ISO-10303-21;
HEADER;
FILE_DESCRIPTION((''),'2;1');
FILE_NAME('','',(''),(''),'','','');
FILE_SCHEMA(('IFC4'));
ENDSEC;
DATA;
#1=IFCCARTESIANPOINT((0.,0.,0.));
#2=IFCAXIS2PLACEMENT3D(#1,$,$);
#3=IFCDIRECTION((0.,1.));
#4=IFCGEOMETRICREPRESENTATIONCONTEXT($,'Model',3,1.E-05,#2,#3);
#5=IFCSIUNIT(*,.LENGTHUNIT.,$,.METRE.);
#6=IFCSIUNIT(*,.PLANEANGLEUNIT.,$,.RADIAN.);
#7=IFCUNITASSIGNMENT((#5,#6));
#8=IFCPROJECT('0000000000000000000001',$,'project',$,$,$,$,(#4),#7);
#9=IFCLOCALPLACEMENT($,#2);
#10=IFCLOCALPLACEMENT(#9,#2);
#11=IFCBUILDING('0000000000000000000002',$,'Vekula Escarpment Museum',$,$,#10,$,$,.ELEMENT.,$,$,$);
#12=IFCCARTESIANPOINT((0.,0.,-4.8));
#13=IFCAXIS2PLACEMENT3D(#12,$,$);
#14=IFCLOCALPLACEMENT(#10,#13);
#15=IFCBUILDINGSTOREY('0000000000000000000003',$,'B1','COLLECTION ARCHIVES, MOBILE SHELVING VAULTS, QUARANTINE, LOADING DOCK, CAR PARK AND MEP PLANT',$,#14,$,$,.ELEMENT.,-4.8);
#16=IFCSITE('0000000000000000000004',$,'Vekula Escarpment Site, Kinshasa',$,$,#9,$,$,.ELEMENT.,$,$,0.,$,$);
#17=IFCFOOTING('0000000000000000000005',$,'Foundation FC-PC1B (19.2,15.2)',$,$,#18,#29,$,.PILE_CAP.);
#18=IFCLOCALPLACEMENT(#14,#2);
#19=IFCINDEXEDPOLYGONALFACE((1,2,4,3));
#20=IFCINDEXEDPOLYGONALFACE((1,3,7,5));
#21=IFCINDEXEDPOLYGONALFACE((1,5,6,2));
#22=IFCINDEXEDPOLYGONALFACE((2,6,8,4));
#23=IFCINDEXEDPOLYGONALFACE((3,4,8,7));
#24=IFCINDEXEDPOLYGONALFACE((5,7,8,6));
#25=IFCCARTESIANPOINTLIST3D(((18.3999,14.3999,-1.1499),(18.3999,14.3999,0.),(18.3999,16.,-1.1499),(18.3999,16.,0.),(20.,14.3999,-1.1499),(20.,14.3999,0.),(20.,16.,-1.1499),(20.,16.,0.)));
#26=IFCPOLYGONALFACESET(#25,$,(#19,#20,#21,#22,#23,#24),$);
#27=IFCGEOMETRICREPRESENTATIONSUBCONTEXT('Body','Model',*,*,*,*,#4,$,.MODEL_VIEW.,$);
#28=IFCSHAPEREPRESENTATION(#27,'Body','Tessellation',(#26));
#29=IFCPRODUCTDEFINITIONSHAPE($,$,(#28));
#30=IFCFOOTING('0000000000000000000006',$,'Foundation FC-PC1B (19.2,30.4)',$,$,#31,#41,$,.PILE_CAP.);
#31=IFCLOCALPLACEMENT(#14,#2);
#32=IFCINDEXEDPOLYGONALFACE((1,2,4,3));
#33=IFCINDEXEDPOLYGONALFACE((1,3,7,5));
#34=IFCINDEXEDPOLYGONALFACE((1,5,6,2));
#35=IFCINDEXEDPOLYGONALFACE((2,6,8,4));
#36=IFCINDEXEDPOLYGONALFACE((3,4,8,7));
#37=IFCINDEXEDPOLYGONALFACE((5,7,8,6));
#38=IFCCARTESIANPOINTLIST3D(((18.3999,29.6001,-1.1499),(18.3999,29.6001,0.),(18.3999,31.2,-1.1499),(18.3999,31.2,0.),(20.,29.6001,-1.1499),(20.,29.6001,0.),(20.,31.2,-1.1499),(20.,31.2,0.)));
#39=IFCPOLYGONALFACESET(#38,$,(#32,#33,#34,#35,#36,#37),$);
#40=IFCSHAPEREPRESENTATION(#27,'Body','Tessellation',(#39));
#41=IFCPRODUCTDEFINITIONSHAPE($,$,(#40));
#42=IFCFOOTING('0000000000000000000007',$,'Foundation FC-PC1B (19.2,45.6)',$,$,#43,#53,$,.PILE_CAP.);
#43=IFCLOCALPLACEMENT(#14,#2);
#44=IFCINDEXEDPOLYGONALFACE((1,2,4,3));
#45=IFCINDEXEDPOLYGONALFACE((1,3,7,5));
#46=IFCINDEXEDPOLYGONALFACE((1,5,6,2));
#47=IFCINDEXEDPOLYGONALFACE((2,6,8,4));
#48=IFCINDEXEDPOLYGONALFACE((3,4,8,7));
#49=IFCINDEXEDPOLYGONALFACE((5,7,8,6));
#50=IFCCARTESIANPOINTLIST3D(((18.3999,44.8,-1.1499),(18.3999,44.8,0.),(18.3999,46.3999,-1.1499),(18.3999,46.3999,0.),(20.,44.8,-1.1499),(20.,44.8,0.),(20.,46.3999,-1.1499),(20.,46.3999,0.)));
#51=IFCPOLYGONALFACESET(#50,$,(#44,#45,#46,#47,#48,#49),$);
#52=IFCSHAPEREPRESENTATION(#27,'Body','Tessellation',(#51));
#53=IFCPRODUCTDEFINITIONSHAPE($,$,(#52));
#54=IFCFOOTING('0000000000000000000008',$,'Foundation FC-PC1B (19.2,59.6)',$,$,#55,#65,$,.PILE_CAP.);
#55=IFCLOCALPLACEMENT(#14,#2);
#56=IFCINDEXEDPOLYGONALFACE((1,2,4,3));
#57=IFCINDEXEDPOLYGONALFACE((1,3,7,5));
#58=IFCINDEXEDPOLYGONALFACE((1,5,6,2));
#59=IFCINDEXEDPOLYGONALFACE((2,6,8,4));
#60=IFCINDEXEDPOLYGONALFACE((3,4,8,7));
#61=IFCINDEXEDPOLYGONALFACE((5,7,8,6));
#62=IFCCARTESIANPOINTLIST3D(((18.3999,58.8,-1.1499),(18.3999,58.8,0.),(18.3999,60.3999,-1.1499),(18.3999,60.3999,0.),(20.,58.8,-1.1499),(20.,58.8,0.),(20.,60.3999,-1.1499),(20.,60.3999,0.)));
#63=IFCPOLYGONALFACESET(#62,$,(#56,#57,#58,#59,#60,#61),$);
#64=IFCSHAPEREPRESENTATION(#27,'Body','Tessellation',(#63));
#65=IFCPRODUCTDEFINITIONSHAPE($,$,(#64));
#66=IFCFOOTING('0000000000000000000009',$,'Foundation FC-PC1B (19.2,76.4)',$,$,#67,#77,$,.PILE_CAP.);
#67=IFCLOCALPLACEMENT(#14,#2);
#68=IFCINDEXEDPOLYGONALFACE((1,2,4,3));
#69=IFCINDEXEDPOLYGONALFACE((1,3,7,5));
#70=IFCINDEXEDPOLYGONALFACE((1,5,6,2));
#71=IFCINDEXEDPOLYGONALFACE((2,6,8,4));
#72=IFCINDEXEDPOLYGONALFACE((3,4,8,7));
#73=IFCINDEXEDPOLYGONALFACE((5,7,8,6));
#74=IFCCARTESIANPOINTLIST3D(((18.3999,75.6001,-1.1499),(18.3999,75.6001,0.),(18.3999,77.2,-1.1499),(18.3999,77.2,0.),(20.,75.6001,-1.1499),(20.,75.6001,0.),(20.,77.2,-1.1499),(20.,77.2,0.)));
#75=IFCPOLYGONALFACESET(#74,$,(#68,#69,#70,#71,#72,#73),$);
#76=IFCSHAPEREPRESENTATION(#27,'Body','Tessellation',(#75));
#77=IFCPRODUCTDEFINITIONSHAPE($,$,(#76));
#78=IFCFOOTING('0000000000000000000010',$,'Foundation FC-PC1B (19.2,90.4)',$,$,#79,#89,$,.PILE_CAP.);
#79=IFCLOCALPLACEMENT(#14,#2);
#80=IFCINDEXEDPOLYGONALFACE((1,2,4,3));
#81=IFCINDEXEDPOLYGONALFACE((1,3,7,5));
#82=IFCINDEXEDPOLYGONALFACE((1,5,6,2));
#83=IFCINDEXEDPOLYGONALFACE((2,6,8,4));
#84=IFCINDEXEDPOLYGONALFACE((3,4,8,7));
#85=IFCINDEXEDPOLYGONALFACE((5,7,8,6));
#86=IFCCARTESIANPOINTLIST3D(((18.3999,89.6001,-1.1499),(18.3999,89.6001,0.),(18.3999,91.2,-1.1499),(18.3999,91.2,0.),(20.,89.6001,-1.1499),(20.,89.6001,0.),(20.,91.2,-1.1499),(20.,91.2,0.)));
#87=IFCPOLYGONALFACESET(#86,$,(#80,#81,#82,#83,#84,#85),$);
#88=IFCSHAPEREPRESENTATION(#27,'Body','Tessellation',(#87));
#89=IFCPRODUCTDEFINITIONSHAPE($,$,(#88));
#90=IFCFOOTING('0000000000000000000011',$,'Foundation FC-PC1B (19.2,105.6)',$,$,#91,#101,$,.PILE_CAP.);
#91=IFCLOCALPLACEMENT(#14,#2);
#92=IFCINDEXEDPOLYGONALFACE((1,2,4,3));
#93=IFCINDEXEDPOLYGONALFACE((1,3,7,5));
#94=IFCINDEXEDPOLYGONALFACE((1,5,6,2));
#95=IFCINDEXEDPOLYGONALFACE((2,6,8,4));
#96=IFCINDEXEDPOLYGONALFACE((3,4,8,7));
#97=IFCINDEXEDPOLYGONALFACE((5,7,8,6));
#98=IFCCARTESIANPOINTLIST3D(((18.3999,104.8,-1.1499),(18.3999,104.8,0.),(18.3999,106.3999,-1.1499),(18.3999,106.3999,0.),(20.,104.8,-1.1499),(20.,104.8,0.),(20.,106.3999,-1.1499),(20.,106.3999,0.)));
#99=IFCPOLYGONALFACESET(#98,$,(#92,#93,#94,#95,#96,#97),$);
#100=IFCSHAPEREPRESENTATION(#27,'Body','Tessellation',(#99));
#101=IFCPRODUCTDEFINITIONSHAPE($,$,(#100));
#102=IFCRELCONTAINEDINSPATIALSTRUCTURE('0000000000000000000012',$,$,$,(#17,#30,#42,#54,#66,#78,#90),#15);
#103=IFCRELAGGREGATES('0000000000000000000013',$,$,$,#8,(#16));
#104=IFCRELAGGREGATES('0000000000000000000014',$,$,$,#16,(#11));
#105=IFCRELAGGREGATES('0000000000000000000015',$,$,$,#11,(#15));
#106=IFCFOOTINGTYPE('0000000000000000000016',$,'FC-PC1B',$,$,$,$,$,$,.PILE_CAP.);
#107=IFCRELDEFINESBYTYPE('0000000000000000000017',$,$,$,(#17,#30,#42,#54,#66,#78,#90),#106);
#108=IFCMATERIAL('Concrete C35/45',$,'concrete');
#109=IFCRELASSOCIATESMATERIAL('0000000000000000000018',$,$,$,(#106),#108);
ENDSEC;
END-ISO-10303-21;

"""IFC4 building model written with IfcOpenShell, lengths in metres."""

from ifc_helpers import new_model, si_unit, direction, frame, origin, place, context, subcontext, project, spatial, polyline, outline, extrude, material, type_object, element, save


model = new_model("IFC4")

# Units and contexts
model_context = context("Model", 3, precision=1e-05, world=origin(), true_north=direction((0.0, 1.0)))
body_context = subcontext(model_context, "Body", "Model", "MODEL_VIEW")
ifc_project = project(units=[si_unit("LENGTHUNIT", "METRE"), si_unit("PLANEANGLEUNIT", "RADIAN")], contexts=[model_context])

# Site, building, storey
site_placement = place(None, origin())
site = spatial("IfcSite", under=ifc_project, at=site_placement, Name="Vekula Escarpment Site, Kinshasa", CompositionType="ELEMENT", RefElevation=0.0)
building_placement = place(site_placement, origin())
building = spatial("IfcBuilding", under=site, at=building_placement, Name="Vekula Escarpment Museum", CompositionType="ELEMENT")
storey_placement = place(building_placement, frame((0.0, 0.0, -4.8)))
storey = spatial("IfcBuildingStorey", under=building, at=storey_placement, Name="B1", Description="COLLECTION ARCHIVES, MOBILE SHELVING VAULTS, QUARANTINE, LOADING DOCK, CAR PARK AND MEP PLANT", CompositionType="ELEMENT", Elevation=-4.8)

# Footings
ifc_material_1 = material(Name="Concrete C35/45", Category="concrete")
footing_type_1 = type_object("IfcFootingType", Name="FC-PC1B", PredefinedType="PILE_CAP", material=ifc_material_1)
footing_1_placement = place(storey_placement, frame((0.0, 0.0, -1.1499)))
element("IfcFooting", 1, at=footing_1_placement, inside=storey, type_object=footing_type_1, Name="Foundation FC-PC1B (19.2,15.2)", PredefinedType="PILE_CAP", context=body_context, shape_type="SweptSolid", body=[
    extrude(outline(polyline([(18.3999, 14.3999), (20.0, 14.3999), (20.0, 16.0), (18.3999, 16.0), (18.3999, 14.3999)])), origin(), (0.0, 0.0, 1.0), 1.1499),
])
footing_2_placement = place(storey_placement, frame((0.0, 0.0, -1.1499)))
element("IfcFooting", 2, at=footing_2_placement, inside=storey, type_object=footing_type_1, Name="Foundation FC-PC1B (19.2,30.4)", PredefinedType="PILE_CAP", context=body_context, shape_type="SweptSolid", body=[
    extrude(outline(polyline([(18.3999, 29.6001), (20.0, 29.6001), (20.0, 31.2), (18.3999, 31.2), (18.3999, 29.6001)])), origin(), (0.0, 0.0, 1.0), 1.1499),
])
footing_3_placement = place(storey_placement, frame((0.0, 0.0, -1.1499)))
element("IfcFooting", 3, at=footing_3_placement, inside=storey, type_object=footing_type_1, Name="Foundation FC-PC1B (19.2,45.6)", PredefinedType="PILE_CAP", context=body_context, shape_type="SweptSolid", body=[
    extrude(outline(polyline([(18.3999, 44.8), (20.0, 44.8), (20.0, 46.3999), (18.3999, 46.3999), (18.3999, 44.8)])), origin(), (0.0, 0.0, 1.0), 1.1499),
])
footing_4_placement = place(storey_placement, frame((0.0, 0.0, -1.1499)))
element("IfcFooting", 4, at=footing_4_placement, inside=storey, type_object=footing_type_1, Name="Foundation FC-PC1B (19.2,59.6)", PredefinedType="PILE_CAP", context=body_context, shape_type="SweptSolid", body=[
    extrude(outline(polyline([(18.3999, 58.8), (20.0, 58.8), (20.0, 60.3999), (18.3999, 60.3999), (18.3999, 58.8)])), origin(), (0.0, 0.0, 1.0), 1.1499),
])
footing_5_placement = place(storey_placement, frame((0.0, 0.0, -1.1499)))
element("IfcFooting", 5, at=footing_5_placement, inside=storey, type_object=footing_type_1, Name="Foundation FC-PC1B (19.2,76.4)", PredefinedType="PILE_CAP", context=body_context, shape_type="SweptSolid", body=[
    extrude(outline(polyline([(18.3999, 75.6001), (20.0, 75.6001), (20.0, 77.2), (18.3999, 77.2), (18.3999, 75.6001)])), origin(), (0.0, 0.0, 1.0), 1.1499),
])
footing_6_placement = place(storey_placement, frame((0.0, 0.0, -1.1499)))
element("IfcFooting", 6, at=footing_6_placement, inside=storey, type_object=footing_type_1, Name="Foundation FC-PC1B (19.2,90.4)", PredefinedType="PILE_CAP", context=body_context, shape_type="SweptSolid", body=[
    extrude(outline(polyline([(18.3999, 89.6001), (20.0, 89.6001), (20.0, 91.2), (18.3999, 91.2), (18.3999, 89.6001)])), origin(), (0.0, 0.0, 1.0), 1.1499),
])
footing_7_placement = place(storey_placement, frame((0.0, 0.0, -1.1499)))
element("IfcFooting", 7, at=footing_7_placement, inside=storey, type_object=footing_type_1, Name="Foundation FC-PC1B (19.2,105.6)", PredefinedType="PILE_CAP", context=body_context, shape_type="SweptSolid", body=[
    extrude(outline(polyline([(18.3999, 104.8), (20.0, 104.8), (20.0, 106.3999), (18.3999, 106.3999), (18.3999, 104.8)])), origin(), (0.0, 0.0, 1.0), 1.1499),
])

save(model, "model.ifc")
